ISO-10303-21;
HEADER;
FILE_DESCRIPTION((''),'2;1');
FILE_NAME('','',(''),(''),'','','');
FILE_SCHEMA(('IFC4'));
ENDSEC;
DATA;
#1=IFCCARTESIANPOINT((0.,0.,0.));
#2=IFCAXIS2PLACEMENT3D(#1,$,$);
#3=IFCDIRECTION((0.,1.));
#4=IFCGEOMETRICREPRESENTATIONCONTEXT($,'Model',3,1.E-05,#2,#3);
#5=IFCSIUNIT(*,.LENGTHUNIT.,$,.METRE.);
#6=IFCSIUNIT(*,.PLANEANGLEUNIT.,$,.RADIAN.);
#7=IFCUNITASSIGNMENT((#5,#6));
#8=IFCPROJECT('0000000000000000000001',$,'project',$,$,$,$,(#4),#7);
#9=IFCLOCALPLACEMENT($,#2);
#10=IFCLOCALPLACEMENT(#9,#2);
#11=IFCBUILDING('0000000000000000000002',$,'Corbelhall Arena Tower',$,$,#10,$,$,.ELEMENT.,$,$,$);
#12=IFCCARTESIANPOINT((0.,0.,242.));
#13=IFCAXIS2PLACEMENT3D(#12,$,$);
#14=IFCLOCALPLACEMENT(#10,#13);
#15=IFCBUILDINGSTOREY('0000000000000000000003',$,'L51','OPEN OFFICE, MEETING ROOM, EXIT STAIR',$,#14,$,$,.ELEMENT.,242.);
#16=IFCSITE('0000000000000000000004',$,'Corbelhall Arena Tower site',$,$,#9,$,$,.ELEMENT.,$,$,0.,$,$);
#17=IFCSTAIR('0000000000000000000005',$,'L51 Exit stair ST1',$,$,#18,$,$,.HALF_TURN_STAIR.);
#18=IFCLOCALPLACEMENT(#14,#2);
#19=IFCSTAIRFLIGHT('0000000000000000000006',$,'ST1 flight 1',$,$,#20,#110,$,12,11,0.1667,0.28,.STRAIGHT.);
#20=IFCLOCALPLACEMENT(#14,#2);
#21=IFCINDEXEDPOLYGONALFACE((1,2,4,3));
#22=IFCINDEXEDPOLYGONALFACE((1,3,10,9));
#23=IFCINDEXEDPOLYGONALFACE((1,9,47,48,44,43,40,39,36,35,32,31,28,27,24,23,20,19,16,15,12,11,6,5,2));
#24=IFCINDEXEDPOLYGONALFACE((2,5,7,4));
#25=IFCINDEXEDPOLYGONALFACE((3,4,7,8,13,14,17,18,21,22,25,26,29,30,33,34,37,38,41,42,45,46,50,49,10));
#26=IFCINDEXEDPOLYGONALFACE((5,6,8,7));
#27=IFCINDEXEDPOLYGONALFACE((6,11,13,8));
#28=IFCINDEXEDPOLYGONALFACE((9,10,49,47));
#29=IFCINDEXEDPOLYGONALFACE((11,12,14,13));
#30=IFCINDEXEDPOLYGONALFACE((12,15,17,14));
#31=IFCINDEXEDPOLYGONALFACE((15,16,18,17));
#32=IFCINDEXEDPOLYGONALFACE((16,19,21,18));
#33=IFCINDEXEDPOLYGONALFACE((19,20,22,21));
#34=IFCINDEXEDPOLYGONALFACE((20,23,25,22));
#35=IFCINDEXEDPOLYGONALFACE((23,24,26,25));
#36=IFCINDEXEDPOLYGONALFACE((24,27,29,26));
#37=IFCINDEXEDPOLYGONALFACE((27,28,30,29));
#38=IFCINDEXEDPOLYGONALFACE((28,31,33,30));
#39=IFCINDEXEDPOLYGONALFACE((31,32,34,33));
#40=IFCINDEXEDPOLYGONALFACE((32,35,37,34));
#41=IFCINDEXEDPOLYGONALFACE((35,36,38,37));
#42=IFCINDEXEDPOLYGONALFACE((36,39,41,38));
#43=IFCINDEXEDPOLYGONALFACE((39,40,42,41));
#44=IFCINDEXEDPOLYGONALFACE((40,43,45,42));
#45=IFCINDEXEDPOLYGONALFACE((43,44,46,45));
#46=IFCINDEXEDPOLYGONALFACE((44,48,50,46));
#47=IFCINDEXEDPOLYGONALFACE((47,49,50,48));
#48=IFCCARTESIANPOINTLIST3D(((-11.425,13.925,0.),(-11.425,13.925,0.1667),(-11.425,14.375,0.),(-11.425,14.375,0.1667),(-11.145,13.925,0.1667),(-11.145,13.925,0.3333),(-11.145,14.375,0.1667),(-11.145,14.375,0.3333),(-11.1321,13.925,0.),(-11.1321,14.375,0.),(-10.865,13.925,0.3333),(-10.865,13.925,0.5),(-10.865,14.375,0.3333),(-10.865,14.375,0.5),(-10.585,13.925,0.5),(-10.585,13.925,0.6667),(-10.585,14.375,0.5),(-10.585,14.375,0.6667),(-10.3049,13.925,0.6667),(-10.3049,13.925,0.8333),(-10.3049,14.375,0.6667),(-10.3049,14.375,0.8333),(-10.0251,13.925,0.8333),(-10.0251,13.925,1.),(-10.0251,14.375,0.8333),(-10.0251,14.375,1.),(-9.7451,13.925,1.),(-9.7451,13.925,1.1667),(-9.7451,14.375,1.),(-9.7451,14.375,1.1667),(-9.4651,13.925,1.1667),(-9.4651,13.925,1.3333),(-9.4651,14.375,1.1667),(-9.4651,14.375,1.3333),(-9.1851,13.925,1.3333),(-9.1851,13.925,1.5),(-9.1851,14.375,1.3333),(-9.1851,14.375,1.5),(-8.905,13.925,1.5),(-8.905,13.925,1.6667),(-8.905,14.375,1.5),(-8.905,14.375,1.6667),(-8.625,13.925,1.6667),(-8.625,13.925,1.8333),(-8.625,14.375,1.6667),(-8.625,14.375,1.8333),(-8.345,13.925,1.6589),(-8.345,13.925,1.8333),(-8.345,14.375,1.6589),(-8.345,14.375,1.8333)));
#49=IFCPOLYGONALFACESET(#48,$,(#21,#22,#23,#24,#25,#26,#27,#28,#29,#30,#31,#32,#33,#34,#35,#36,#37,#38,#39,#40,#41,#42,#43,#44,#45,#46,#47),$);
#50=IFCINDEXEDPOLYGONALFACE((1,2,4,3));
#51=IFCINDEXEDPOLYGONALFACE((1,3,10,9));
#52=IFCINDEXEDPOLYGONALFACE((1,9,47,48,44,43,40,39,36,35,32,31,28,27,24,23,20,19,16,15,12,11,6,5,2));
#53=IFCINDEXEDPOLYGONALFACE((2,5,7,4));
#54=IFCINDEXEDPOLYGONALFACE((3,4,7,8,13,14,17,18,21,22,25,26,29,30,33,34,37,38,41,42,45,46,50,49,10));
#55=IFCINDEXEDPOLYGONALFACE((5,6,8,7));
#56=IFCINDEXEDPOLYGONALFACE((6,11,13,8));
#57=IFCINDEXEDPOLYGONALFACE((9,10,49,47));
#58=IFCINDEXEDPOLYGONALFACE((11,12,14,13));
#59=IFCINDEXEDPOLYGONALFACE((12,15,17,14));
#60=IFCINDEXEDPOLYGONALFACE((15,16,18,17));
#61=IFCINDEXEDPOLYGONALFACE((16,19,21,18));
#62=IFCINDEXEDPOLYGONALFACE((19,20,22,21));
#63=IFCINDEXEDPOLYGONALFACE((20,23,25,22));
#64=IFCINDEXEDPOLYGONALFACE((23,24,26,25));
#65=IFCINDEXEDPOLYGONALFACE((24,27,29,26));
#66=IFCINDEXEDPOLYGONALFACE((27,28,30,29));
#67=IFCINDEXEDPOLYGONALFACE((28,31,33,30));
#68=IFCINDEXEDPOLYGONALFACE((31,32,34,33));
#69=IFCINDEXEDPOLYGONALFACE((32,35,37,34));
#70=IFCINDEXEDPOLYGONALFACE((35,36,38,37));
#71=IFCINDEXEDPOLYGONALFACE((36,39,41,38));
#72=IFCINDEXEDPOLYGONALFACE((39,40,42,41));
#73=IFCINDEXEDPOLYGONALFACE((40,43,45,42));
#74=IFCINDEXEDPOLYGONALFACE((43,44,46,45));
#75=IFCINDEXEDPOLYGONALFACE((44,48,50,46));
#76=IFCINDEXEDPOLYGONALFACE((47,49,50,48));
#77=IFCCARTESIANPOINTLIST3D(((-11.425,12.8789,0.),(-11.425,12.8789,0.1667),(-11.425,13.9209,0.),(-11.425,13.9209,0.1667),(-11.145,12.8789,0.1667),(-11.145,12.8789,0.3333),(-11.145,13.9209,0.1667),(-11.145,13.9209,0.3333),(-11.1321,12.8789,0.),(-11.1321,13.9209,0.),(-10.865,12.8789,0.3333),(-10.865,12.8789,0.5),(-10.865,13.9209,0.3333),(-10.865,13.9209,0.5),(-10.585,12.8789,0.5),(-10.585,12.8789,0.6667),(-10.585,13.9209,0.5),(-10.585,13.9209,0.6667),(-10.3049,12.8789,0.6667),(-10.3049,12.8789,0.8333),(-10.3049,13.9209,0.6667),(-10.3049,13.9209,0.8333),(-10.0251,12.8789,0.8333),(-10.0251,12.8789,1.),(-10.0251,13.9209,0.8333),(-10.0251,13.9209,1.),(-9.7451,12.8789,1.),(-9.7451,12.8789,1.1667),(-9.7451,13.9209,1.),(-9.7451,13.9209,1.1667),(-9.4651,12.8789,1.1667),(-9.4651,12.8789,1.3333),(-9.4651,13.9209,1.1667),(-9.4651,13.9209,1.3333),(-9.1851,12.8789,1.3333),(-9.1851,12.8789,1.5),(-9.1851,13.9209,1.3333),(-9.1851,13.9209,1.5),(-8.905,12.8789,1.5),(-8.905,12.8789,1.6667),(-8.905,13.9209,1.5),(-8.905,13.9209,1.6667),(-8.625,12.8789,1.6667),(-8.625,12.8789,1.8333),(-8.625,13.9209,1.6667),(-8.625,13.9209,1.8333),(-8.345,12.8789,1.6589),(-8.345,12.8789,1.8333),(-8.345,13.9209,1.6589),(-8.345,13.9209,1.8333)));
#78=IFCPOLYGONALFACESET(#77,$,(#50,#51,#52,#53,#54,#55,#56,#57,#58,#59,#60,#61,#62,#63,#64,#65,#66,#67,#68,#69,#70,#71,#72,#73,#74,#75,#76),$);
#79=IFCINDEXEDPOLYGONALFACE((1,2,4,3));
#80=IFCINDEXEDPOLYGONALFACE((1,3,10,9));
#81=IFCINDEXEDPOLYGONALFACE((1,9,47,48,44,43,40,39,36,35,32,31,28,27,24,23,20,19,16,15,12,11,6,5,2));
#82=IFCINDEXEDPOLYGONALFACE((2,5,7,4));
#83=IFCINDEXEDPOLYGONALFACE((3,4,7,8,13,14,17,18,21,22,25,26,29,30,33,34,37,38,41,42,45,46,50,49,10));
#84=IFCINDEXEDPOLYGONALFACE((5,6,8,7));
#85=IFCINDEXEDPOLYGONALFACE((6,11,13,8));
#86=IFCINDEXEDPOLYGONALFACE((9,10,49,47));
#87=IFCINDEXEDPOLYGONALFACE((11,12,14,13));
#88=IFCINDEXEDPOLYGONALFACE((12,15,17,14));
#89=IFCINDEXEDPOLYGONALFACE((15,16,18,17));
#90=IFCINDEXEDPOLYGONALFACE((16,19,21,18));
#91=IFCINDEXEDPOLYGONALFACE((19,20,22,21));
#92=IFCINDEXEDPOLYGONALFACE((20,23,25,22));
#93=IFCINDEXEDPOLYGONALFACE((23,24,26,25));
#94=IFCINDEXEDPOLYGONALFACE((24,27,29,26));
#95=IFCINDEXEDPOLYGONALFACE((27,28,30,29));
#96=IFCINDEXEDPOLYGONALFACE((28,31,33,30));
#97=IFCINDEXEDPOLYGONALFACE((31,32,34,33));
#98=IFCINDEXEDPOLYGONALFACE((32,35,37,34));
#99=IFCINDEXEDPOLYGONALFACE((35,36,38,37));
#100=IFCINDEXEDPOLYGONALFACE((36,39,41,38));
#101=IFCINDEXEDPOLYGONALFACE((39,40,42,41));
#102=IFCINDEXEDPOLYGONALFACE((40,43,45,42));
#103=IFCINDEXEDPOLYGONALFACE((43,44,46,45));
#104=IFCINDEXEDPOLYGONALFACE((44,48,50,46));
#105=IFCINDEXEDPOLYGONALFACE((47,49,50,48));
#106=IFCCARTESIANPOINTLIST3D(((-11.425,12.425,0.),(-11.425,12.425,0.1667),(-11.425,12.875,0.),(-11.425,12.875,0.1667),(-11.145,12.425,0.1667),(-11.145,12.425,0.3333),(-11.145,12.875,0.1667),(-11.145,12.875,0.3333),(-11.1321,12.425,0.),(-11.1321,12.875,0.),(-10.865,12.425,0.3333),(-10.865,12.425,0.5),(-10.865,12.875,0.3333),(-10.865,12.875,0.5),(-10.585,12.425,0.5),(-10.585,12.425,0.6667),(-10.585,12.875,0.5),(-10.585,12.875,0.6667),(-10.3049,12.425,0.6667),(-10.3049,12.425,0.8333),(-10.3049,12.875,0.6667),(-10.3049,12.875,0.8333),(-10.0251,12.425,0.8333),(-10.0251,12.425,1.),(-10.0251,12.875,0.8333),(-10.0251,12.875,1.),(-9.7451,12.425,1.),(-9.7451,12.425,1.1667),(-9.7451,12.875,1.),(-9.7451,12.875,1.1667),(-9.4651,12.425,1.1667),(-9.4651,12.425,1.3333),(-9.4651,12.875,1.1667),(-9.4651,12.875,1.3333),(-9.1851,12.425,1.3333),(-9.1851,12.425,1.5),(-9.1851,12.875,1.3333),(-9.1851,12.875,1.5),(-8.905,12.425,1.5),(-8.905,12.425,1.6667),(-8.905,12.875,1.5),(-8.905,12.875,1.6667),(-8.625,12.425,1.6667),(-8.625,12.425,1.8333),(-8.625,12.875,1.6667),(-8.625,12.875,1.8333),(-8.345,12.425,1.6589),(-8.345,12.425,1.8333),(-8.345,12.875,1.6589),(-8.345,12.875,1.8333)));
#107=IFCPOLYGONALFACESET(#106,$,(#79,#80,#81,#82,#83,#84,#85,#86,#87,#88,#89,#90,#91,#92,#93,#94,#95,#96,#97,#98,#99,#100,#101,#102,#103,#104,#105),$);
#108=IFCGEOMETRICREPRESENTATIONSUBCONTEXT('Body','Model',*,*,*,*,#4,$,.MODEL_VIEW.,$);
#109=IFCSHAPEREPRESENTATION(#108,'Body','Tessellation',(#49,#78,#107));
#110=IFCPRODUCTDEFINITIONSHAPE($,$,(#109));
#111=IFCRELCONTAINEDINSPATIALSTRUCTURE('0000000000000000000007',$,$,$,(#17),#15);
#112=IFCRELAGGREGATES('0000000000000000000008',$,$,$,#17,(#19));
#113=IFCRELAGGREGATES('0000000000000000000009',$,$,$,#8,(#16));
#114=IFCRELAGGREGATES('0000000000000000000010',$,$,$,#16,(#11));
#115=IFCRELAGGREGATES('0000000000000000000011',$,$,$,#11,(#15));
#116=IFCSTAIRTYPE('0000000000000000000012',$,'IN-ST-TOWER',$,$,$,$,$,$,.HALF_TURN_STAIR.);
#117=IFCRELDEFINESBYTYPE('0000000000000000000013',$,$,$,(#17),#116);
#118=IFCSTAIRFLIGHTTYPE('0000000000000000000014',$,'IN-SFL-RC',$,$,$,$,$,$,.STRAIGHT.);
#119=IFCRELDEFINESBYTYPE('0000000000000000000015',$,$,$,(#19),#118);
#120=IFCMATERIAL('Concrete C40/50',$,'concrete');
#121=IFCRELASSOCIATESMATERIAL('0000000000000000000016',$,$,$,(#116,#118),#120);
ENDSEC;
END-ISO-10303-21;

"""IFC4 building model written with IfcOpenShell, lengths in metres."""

from ifc_helpers import new_model, si_unit, direction, frame, origin, place, context, subcontext, project, spatial, polyline, outline, extrude, material, type_object, element, aggregate, save


model = new_model("IFC4")

# Units and contexts
model_context = context("Model", 3, precision=1e-05, world=origin(), true_north=direction((0.0, 1.0)))
body_context = subcontext(model_context, "Body", "Model", "MODEL_VIEW")
ifc_project = project(units=[si_unit("LENGTHUNIT", "METRE"), si_unit("PLANEANGLEUNIT", "RADIAN")], contexts=[model_context])

# Site, building, storey
site_placement = place(None, origin())
site = spatial("IfcSite", under=ifc_project, at=site_placement, Name="Corbelhall Arena Tower site", CompositionType="ELEMENT", RefElevation=0.0)
building_placement = place(site_placement, origin())
building = spatial("IfcBuilding", under=site, at=building_placement, Name="Corbelhall Arena Tower", CompositionType="ELEMENT")
storey_placement = place(building_placement, frame((0.0, 0.0, 242.0)))
storey = spatial("IfcBuildingStorey", under=building, at=storey_placement, Name="L51", Description="OPEN OFFICE, MEETING ROOM, EXIT STAIR", CompositionType="ELEMENT", Elevation=242.0)

# Shared definitions
ifc_material_1 = material(Name="Concrete C40/50", Category="concrete")

# Stair, stair flight
stair_type = type_object("IfcStairType", Name="IN-ST-TOWER", PredefinedType="HALF_TURN_STAIR", material=ifc_material_1)
stair_placement = place(storey_placement, origin())
stair = element("IfcStair", 1, at=stair_placement, inside=storey, type_object=stair_type, Name="L51 Exit stair ST1", PredefinedType="HALF_TURN_STAIR")
stair_flight_type = type_object("IfcStairFlightType", Name="IN-SFL-RC", PredefinedType="STRAIGHT", material=ifc_material_1)
stair_flight_1_placement = place(storey_placement, frame((-11.425, 13.3999, 0.0), z_axis=(0.0, 0.0, 1.0), x_axis=(1.0, 0.0, 0.0)))
stair_flight_1 = element("IfcStairFlight", 2, at=stair_flight_1_placement, type_object=stair_flight_type, Name="ST1 flight 1", NumberOfRisers=12, NumberOfTreads=11, PredefinedType="STRAIGHT", RiserHeight=0.1667, TreadLength=0.28, context=body_context, shape_type="SweptSolid", body=[
    extrude(outline(polyline([(0.0, 0.0), (0.0, 0.1667), (0.28, 0.1667), (0.28, 0.3333), (0.5601, 0.3333), (0.5601, 0.5), (0.8401, 0.5), (0.8401, 0.6667), (1.1201, 0.6667), (1.1201, 0.8333), (1.3999, 0.8333), (1.3999, 1.0), (1.6799, 1.0), (1.6799, 1.1667), (1.96, 1.1667), (1.96, 1.3333), (2.24, 1.3333), (2.24, 1.5), (2.52, 1.5), (2.52, 1.6667), (2.8, 1.6667), (2.8, 1.8333), (3.0801, 1.8333), (3.0801, 2.0), (3.0801, 1.6589), (0.293, 0.0), (0.0, 0.0)])), frame((0.0, 0.9751, 0.0), z_axis=(0.0, -1.0, 0.0), x_axis=(1.0, 0.0, 0.0)), (0.0, 0.0, 1.0), 0.45),
    extrude(outline(polyline([(0.0, 0.0), (0.0, 0.1667), (0.28, 0.1667), (0.28, 0.3333), (0.5601, 0.3333), (0.5601, 0.5), (0.8401, 0.5), (0.8401, 0.6667), (1.1201, 0.6667), (1.1201, 0.8333), (1.3999, 0.8333), (1.3999, 1.0), (1.6799, 1.0), (1.6799, 1.1667), (1.96, 1.1667), (1.96, 1.3333), (2.24, 1.3333), (2.24, 1.5), (2.52, 1.5), (2.52, 1.6667), (2.8, 1.6667), (2.8, 1.8333), (3.0801, 1.8333), (3.0801, 2.0), (3.0801, 1.6589), (0.293, 0.0), (0.0, 0.0)])), frame((0.0, 0.521, 0.0), z_axis=(0.0, -1.0, 0.0), x_axis=(1.0, 0.0, 0.0)), (0.0, 0.0, 1.0), 1.042),
    extrude(outline(polyline([(0.0, 0.0), (0.0, 0.1667), (0.28, 0.1667), (0.28, 0.3333), (0.5601, 0.3333), (0.5601, 0.5), (0.8401, 0.5), (0.8401, 0.6667), (1.1201, 0.6667), (1.1201, 0.8333), (1.3999, 0.8333), (1.3999, 1.0), (1.6799, 1.0), (1.6799, 1.1667), (1.96, 1.1667), (1.96, 1.3333), (2.24, 1.3333), (2.24, 1.5), (2.52, 1.5), (2.52, 1.6667), (2.8, 1.6667), (2.8, 1.8333), (3.0801, 1.8333), (3.0801, 2.0), (3.0801, 1.6589), (0.293, 0.0), (0.0, 0.0)])), frame((0.0, -0.5249, 0.0), z_axis=(0.0, -1.0, 0.0), x_axis=(1.0, 0.0, 0.0)), (0.0, 0.0, 1.0), 0.45),
])
aggregate(stair, [stair_flight_1])

save(model, "model.ifc")
